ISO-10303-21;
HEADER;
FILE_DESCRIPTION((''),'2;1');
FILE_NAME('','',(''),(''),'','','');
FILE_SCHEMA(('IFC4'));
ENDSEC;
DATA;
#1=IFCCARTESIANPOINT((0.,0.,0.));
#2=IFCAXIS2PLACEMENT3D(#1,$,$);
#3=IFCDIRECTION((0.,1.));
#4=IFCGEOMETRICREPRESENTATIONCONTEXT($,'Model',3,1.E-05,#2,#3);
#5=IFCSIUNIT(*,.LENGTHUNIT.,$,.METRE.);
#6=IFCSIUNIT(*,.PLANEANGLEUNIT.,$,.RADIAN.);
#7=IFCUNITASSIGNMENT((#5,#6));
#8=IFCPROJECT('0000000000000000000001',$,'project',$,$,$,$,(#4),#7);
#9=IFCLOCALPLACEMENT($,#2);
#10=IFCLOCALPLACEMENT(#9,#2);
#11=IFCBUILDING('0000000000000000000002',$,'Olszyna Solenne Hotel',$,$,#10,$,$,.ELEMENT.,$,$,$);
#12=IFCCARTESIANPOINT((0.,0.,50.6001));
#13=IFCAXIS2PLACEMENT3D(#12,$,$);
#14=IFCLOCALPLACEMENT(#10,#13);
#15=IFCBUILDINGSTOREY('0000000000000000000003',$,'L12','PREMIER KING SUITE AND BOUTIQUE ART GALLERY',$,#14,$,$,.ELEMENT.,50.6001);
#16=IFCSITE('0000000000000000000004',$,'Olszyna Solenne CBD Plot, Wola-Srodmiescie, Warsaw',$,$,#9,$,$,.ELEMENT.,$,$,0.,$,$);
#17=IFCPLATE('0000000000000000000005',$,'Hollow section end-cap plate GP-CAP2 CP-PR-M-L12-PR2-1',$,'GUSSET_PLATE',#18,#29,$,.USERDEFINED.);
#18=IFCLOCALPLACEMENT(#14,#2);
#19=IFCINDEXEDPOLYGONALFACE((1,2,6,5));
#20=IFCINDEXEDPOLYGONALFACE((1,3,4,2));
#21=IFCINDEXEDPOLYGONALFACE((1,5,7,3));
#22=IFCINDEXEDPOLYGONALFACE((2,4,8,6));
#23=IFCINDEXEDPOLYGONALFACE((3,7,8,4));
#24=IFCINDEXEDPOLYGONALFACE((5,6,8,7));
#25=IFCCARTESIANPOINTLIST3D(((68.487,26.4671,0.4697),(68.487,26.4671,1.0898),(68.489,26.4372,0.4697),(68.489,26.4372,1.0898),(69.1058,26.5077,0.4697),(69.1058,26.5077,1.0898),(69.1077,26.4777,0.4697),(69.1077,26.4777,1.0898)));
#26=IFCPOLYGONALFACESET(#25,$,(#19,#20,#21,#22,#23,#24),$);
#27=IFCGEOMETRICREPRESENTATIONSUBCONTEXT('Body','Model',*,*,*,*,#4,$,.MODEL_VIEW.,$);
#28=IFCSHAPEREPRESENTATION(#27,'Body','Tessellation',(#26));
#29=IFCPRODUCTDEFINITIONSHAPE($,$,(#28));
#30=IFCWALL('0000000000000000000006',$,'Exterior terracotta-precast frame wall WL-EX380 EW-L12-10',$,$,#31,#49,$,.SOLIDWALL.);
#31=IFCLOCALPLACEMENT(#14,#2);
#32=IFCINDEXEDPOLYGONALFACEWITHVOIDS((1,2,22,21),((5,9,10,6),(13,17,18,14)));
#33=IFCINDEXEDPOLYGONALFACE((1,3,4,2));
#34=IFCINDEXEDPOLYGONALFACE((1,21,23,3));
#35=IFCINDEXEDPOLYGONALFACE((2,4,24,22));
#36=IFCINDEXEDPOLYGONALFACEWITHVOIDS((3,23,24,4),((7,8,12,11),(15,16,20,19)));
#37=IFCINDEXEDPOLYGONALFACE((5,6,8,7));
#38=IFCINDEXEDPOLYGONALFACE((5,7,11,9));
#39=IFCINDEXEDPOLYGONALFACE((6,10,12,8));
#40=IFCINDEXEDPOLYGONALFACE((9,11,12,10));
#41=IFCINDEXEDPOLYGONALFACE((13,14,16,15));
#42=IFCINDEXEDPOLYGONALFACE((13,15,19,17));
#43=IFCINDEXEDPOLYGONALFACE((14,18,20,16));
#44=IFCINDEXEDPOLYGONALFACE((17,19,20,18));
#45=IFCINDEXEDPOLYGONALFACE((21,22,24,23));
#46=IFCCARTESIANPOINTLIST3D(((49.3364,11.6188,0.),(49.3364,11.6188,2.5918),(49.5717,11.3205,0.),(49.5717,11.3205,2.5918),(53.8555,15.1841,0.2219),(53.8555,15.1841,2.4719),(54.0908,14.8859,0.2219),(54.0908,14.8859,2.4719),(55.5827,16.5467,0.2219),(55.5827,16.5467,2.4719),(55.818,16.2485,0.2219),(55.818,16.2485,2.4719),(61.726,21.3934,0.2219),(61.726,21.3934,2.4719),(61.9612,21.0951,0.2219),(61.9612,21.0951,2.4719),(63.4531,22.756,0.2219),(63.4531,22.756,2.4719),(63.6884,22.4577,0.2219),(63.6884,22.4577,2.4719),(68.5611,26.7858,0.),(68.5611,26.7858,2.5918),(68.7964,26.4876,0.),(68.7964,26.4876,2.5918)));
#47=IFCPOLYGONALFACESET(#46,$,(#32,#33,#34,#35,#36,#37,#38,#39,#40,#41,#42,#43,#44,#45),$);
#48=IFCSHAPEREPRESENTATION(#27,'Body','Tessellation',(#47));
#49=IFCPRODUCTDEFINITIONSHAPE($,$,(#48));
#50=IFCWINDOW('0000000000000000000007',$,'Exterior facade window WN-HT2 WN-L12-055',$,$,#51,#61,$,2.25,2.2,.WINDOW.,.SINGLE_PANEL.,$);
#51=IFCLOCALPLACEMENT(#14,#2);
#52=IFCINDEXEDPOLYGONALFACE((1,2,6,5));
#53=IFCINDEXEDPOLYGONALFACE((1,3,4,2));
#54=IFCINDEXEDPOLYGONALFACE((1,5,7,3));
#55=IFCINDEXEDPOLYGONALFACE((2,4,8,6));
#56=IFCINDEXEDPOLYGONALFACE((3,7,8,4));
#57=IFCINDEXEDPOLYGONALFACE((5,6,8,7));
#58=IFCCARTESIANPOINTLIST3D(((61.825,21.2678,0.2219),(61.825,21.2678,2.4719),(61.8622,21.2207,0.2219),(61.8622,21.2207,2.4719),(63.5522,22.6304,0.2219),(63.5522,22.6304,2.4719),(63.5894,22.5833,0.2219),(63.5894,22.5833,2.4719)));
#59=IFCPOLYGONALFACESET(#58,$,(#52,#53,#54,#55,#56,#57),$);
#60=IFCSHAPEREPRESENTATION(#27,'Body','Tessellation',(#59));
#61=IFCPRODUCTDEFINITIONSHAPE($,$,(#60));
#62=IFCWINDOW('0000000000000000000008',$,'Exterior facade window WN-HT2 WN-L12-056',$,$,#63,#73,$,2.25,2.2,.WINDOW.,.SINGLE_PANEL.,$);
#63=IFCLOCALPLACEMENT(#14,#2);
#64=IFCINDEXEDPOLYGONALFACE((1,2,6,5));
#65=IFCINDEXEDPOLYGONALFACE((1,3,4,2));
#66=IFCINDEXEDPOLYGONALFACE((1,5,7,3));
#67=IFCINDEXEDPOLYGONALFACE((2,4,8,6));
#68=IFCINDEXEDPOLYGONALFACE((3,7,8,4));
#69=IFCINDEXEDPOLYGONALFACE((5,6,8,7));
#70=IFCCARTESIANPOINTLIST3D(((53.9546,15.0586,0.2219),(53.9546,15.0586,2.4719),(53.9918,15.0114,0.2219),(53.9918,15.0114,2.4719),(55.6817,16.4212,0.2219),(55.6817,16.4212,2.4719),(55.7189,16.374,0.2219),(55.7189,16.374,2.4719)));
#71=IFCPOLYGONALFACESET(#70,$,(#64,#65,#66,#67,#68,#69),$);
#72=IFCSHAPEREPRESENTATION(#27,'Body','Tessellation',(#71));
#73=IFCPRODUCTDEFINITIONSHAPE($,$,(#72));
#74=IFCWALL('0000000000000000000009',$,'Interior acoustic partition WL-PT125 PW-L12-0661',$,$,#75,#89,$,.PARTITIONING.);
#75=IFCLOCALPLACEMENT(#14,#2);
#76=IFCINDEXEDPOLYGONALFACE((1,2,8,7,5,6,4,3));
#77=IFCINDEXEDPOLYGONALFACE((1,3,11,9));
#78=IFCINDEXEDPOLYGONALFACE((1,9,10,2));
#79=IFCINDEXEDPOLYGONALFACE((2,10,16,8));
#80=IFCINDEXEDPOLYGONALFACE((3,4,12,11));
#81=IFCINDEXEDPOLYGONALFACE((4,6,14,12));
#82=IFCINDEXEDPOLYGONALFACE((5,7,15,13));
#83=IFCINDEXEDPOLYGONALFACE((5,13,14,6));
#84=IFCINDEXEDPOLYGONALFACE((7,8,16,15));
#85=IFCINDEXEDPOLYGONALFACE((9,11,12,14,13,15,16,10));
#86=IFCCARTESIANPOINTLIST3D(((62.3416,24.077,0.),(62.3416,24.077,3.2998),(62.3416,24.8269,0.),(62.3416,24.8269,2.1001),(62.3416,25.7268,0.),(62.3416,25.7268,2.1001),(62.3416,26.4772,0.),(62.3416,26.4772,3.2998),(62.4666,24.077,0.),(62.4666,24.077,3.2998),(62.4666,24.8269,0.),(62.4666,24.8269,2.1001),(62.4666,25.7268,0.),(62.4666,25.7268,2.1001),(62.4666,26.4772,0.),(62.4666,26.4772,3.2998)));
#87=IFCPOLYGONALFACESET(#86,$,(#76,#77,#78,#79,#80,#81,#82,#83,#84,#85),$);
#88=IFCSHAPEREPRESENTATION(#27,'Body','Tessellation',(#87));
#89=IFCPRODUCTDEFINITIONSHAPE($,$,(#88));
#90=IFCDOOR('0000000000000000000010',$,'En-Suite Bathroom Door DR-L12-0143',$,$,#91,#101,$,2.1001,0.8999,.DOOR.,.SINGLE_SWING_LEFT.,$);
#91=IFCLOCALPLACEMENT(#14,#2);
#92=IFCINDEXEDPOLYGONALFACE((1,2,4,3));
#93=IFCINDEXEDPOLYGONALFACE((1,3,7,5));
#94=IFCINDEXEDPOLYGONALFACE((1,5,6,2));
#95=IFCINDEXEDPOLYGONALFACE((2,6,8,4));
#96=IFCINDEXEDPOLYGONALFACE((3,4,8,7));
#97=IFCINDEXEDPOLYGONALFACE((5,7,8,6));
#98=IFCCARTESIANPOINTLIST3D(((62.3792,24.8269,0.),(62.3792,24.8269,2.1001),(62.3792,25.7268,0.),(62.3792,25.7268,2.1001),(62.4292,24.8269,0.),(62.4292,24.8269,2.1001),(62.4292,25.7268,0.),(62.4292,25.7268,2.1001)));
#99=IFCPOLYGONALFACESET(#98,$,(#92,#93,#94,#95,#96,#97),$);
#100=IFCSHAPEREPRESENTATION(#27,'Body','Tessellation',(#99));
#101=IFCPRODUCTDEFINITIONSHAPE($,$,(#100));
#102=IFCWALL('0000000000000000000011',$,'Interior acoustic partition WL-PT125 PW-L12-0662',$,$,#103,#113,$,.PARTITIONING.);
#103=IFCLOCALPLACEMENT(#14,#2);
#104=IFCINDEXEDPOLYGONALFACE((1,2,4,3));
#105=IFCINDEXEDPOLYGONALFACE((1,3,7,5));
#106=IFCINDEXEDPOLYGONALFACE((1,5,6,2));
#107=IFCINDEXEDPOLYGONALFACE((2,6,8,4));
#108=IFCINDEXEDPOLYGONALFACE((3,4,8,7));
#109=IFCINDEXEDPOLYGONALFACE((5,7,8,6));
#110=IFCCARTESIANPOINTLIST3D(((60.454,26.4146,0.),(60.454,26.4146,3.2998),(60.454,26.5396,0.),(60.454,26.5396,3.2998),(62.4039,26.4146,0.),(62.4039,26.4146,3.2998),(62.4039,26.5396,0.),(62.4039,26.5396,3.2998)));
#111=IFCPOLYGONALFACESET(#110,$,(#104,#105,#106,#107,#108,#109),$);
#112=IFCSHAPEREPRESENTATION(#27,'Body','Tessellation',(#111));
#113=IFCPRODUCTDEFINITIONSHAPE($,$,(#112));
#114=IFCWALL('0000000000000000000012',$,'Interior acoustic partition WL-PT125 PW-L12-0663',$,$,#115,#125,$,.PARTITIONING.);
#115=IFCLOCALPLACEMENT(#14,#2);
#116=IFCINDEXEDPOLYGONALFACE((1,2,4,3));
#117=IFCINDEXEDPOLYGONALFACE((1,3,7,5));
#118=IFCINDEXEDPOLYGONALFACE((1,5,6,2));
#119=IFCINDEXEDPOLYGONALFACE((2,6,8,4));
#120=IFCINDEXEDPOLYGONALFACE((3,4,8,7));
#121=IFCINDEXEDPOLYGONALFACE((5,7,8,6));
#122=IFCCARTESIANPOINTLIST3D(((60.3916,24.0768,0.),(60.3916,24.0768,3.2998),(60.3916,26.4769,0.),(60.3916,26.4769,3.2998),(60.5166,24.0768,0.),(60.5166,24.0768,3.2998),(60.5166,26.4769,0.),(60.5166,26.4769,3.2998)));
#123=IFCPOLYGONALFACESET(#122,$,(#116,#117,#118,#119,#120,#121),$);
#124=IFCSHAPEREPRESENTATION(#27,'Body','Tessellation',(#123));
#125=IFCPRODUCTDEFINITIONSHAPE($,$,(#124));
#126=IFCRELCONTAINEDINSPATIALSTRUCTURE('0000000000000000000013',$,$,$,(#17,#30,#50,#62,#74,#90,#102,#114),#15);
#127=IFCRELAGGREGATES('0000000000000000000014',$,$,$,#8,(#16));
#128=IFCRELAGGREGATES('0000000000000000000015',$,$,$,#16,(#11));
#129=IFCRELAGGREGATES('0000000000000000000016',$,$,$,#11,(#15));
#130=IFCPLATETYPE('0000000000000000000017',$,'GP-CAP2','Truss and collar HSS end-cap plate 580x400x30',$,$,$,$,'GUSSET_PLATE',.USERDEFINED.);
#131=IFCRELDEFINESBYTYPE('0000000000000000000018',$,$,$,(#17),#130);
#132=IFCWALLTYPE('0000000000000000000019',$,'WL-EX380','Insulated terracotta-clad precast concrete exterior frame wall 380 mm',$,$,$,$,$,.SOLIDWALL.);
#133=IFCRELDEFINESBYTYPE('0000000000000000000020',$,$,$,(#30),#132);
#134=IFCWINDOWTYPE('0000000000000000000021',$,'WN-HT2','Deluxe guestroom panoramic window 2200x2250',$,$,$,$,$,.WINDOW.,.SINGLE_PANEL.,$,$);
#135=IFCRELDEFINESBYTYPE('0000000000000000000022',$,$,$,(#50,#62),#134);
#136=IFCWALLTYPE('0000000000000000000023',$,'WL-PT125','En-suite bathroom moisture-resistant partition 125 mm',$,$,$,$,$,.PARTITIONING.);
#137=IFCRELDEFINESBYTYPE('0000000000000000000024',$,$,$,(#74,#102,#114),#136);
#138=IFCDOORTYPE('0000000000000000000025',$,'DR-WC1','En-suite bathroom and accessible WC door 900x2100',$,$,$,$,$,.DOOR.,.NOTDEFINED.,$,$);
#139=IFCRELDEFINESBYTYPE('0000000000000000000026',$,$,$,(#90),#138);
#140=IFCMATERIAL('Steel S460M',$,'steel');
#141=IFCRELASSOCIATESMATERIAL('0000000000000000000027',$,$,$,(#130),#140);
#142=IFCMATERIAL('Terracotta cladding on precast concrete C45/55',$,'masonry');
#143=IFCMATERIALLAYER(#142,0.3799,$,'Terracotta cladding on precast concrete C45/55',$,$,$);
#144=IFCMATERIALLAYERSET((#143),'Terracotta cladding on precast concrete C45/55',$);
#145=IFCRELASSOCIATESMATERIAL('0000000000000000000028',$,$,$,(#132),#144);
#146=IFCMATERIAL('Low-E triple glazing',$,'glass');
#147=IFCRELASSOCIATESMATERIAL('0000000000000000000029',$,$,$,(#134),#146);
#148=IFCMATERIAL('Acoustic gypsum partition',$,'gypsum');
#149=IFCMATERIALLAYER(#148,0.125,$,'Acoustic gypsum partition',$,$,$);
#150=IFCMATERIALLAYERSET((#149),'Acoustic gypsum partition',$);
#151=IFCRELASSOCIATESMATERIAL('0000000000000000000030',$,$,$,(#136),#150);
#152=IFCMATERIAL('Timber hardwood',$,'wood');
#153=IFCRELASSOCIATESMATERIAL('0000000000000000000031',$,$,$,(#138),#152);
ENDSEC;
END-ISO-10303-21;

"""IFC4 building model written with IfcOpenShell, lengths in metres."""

from ifc_helpers import new_model, si_unit, direction, frame, frame_2d, origin, origin_2d, place, context, subcontext, project, spatial, rectangle, extrude, source, transform, mapped, material, layer, layer_set, type_object, type_shapes, element, fill, save


model = new_model("IFC4")

# Units and contexts
model_context = context("Model", 3, precision=1e-05, world=origin(), true_north=direction((0.0, 1.0)))
body_context = subcontext(model_context, "Body", "Model", "MODEL_VIEW")
ifc_project = project(units=[si_unit("LENGTHUNIT", "METRE"), si_unit("PLANEANGLEUNIT", "RADIAN")], contexts=[model_context])

# Site, building, storey
site_placement = place(None, origin())
site = spatial("IfcSite", under=ifc_project, at=site_placement, Name="Olszyna Solenne CBD Plot, Wola-Srodmiescie, Warsaw", CompositionType="ELEMENT", RefElevation=0.0)
building_placement = place(site_placement, origin())
building = spatial("IfcBuilding", under=site, at=building_placement, Name="Olszyna Solenne Hotel", CompositionType="ELEMENT")
storey_placement = place(building_placement, frame((0.0, 0.0, 50.6001)))
storey = spatial("IfcBuildingStorey", under=building, at=storey_placement, Name="L12", Description="PREMIER KING SUITE AND BOUTIQUE ART GALLERY", CompositionType="ELEMENT", Elevation=50.6001)

# Shared definitions
ifc_material_1 = material(Name="Steel S460M", Category="steel")

# Plate
plate_type = type_object("IfcPlateType", Name="GP-CAP2", Description="Truss and collar HSS end-cap plate 580x400x30", ElementType="GUSSET_PLATE", PredefinedType="USERDEFINED", material=ifc_material_1)
shared_shape_1 = source(origin(), body_context, "Body", "SweptSolid", [
    extrude(rectangle(XDim=0.03, YDim=0.6201, at=origin_2d()), origin(), (0.0, 0.0, 1.0), 0.6201),
])
for number, where, z_axis, x_axis, name in (
    (1, (68.7974, 26.4724, 0.4697), (0.0, 0.0, 1.0), (-0.065403, 0.997859, 0.0), "Hollow section end-cap plate GP-CAP2 CP-PR-M-L12-PR2-1"),
):
    element("IfcPlate", number, at=place(storey_placement, frame(where, z_axis=z_axis, x_axis=x_axis)), inside=storey, type_object=plate_type, Name=name, ObjectType="GUSSET_PLATE", PredefinedType="USERDEFINED", context=body_context, shape_type="MappedRepresentation", body=[
        mapped(shared_shape_1, transform((0.0, 0.0, 0.0), x_axis=(1.0, 0.0, 0.0), y_axis=(0.0, 1.0, 0.0), z_axis=(0.0, 0.0, 1.0), scale=1.0)),
    ])

# Wall, openings, windows
ifc_material_2 = material(Name="Terracotta cladding on precast concrete C45/55", Category="masonry")
ifc_layer_1 = layer(ifc_material_2, 0.3799, Name="Terracotta cladding on precast concrete C45/55")
ifc_layer_set_1 = layer_set([ifc_layer_1], Name="Terracotta cladding on precast concrete C45/55")
wall_type_1 = type_object("IfcWallType", Name="WL-EX380", Description="Insulated terracotta-clad precast concrete exterior frame wall 380 mm", PredefinedType="SOLIDWALL", material=ifc_layer_set_1)
wall_1_placement = place(storey_placement, frame((68.6787, 26.6367, 0.0), z_axis=(0.0, 0.0, 1.0), x_axis=(-0.785088, -0.619384, 0.0)))
wall_1 = element("IfcWall", 2, at=wall_1_placement, inside=storey, type_object=wall_type_1, Name="Exterior terracotta-precast frame wall WL-EX380 EW-L12-10", PredefinedType="SOLIDWALL", context=body_context, shape_type="SweptSolid", body=[
    extrude(rectangle(XDim=24.4873, YDim=0.3799, at=frame_2d((12.2437, 0.0))), origin(), (0.0, 0.0, 1.0), 2.5918),
])
opening_1_placement = place(wall_1_placement, frame((6.5061, 0.0, 0.2219)))
opening_1 = element("IfcOpeningElement", 3, at=opening_1_placement, cuts=wall_1, PredefinedType="OPENING", context=body_context, shape_type="SweptSolid", body=[
    extrude(rectangle(XDim=2.2, YDim=2.25, at=frame_2d((1.1001, 1.125))), frame((0.0, 0.2, 0.0), z_axis=(0.0, -1.0, 0.0), x_axis=(1.0, 0.0, 0.0)), (0.0, 0.0, 1.0), 0.3999),
])
opening_2_placement = place(wall_1_placement, frame((16.531, 0.0, 0.2219)))
opening_2 = element("IfcOpeningElement", 4, at=opening_2_placement, cuts=wall_1, PredefinedType="OPENING", context=body_context, shape_type="SweptSolid", body=[
    extrude(rectangle(XDim=2.2, YDim=2.25, at=frame_2d((1.1001, 1.125))), frame((0.0, 0.2, 0.0), z_axis=(0.0, -1.0, 0.0), x_axis=(1.0, 0.0, 0.0)), (0.0, 0.0, 1.0), 0.3999),
])
ifc_material_3 = material(Name="Low-E triple glazing", Category="glass")
window_type = type_object("IfcWindowType", Name="WN-HT2", Description="Deluxe guestroom panoramic window 2200x2250", PartitioningType="SINGLE_PANEL", PredefinedType="WINDOW", material=ifc_material_3)
shared_shape_2 = source(origin(), body_context, "Body", "SweptSolid", [
    extrude(rectangle(XDim=2.2, YDim=2.25, at=frame_2d((1.1001, 1.125))), frame((0.0, 0.03, 0.0), z_axis=(0.0, -1.0, 0.0), x_axis=(1.0, 0.0, 0.0)), (0.0, 0.0, 1.0), 0.0601),
])
type_shapes(window_type, [shared_shape_2])
window_1_placement = place(opening_1_placement, origin())
window_1 = element("IfcWindow", 5, at=window_1_placement, inside=storey, type_object=window_type, Name="Exterior facade window WN-HT2 WN-L12-055", OverallHeight=2.25, OverallWidth=2.2, PartitioningType="SINGLE_PANEL", PredefinedType="WINDOW", context=body_context, shape_type="MappedRepresentation", body=[
    mapped(shared_shape_2, transform((0.0, 0.0, 0.0), x_axis=(1.0, 0.0, 0.0), y_axis=(0.0, 1.0, 0.0), z_axis=(0.0, 0.0, 1.0), scale=1.0)),
])
fill(opening_1, window_1)
window_2_placement = place(opening_2_placement, origin())
window_2 = element("IfcWindow", 6, at=window_2_placement, inside=storey, type_object=window_type, Name="Exterior facade window WN-HT2 WN-L12-056", OverallHeight=2.25, OverallWidth=2.2, PartitioningType="SINGLE_PANEL", PredefinedType="WINDOW", context=body_context, shape_type="MappedRepresentation", body=[
    mapped(shared_shape_2, transform((0.0, 0.0, 0.0), x_axis=(1.0, 0.0, 0.0), y_axis=(0.0, 1.0, 0.0), z_axis=(0.0, 0.0, 1.0), scale=1.0)),
])
fill(opening_2, window_2)

# Wall, opening, door
ifc_material_4 = material(Name="Acoustic gypsum partition", Category="gypsum")
ifc_layer_2 = layer(ifc_material_4, 0.125, Name="Acoustic gypsum partition")
ifc_layer_set_2 = layer_set([ifc_layer_2], Name="Acoustic gypsum partition")
wall_type_2 = type_object("IfcWallType", Name="WL-PT125", Description="En-suite bathroom moisture-resistant partition 125 mm", PredefinedType="PARTITIONING", material=ifc_layer_set_2)
wall_2_placement = place(storey_placement, frame((62.4041, 24.0769, 0.0), z_axis=(0.0, 0.0, 1.0), x_axis=(0.0, 1.0, 0.0)))
wall_2 = element("IfcWall", 7, at=wall_2_placement, inside=storey, type_object=wall_type_2, Name="Interior acoustic partition WL-PT125 PW-L12-0661", PredefinedType="PARTITIONING", context=body_context, shape_type="SweptSolid", body=[
    extrude(rectangle(XDim=2.4001, YDim=0.125, at=frame_2d((1.2002, 0.0))), origin(), (0.0, 0.0, 1.0), 3.2998),
])
opening_3_placement = place(wall_2_placement, frame((0.75, 0.0, 0.0)))
opening_3 = element("IfcOpeningElement", 8, at=opening_3_placement, cuts=wall_2, PredefinedType="OPENING", context=body_context, shape_type="SweptSolid", body=[
    extrude(rectangle(XDim=0.8999, YDim=2.1001, at=frame_2d((0.45, 1.05))), frame((0.0, 0.0725, 0.0), z_axis=(0.0, -1.0, 0.0), x_axis=(1.0, 0.0, 0.0)), (0.0, 0.0, 1.0), 0.145),
])
ifc_material_5 = material(Name="Timber hardwood", Category="wood")
door_type = type_object("IfcDoorType", Name="DR-WC1", Description="En-suite bathroom and accessible WC door 900x2100", OperationType="NOTDEFINED", PredefinedType="DOOR", material=ifc_material_5)
shared_shape_3 = source(origin(), body_context, "Body", "SweptSolid", [
    extrude(rectangle(XDim=0.8999, YDim=2.1001, at=frame_2d((0.45, 1.05))), frame((0.0, 0.0249, 0.0), z_axis=(0.0, -1.0, 0.0), x_axis=(1.0, 0.0, 0.0)), (0.0, 0.0, 1.0), 0.05),
])
type_shapes(door_type, [shared_shape_3])
door_placement = place(opening_3_placement, origin())
door = element("IfcDoor", 9, at=door_placement, inside=storey, type_object=door_type, Name="En-Suite Bathroom Door DR-L12-0143", OperationType="SINGLE_SWING_LEFT", OverallHeight=2.1001, OverallWidth=0.8999, PredefinedType="DOOR", context=body_context, shape_type="MappedRepresentation", body=[
    mapped(shared_shape_3, transform((0.0, 0.0, 0.0), x_axis=(1.0, 0.0, 0.0), y_axis=(0.0, 1.0, 0.0), z_axis=(0.0, 0.0, 1.0), scale=1.0)),
])
fill(opening_3, door)

# Walls
wall_3_placement = place(storey_placement, frame((62.4041, 26.4771, 0.0), z_axis=(0.0, 0.0, 1.0), x_axis=(-1.0, 0.0, 0.0)))
element("IfcWall", 10, at=wall_3_placement, inside=storey, type_object=wall_type_2, Name="Interior acoustic partition WL-PT125 PW-L12-0662", PredefinedType="PARTITIONING", context=body_context, shape_type="SweptSolid", body=[
    extrude(rectangle(XDim=1.95, YDim=0.125, at=frame_2d((0.9751, 0.0))), origin(), (0.0, 0.0, 1.0), 3.2998),
])
wall_4_placement = place(storey_placement, frame((60.4541, 26.4771, 0.0), z_axis=(0.0, 0.0, 1.0), x_axis=(0.0, -1.0, 0.0)))
element("IfcWall", 11, at=wall_4_placement, inside=storey, type_object=wall_type_2, Name="Interior acoustic partition WL-PT125 PW-L12-0663", PredefinedType="PARTITIONING", context=body_context, shape_type="SweptSolid", body=[
    extrude(rectangle(XDim=2.4001, YDim=0.125, at=frame_2d((1.2002, 0.0))), origin(), (0.0, 0.0, 1.0), 3.2998),
])

save(model, "model.ifc")
